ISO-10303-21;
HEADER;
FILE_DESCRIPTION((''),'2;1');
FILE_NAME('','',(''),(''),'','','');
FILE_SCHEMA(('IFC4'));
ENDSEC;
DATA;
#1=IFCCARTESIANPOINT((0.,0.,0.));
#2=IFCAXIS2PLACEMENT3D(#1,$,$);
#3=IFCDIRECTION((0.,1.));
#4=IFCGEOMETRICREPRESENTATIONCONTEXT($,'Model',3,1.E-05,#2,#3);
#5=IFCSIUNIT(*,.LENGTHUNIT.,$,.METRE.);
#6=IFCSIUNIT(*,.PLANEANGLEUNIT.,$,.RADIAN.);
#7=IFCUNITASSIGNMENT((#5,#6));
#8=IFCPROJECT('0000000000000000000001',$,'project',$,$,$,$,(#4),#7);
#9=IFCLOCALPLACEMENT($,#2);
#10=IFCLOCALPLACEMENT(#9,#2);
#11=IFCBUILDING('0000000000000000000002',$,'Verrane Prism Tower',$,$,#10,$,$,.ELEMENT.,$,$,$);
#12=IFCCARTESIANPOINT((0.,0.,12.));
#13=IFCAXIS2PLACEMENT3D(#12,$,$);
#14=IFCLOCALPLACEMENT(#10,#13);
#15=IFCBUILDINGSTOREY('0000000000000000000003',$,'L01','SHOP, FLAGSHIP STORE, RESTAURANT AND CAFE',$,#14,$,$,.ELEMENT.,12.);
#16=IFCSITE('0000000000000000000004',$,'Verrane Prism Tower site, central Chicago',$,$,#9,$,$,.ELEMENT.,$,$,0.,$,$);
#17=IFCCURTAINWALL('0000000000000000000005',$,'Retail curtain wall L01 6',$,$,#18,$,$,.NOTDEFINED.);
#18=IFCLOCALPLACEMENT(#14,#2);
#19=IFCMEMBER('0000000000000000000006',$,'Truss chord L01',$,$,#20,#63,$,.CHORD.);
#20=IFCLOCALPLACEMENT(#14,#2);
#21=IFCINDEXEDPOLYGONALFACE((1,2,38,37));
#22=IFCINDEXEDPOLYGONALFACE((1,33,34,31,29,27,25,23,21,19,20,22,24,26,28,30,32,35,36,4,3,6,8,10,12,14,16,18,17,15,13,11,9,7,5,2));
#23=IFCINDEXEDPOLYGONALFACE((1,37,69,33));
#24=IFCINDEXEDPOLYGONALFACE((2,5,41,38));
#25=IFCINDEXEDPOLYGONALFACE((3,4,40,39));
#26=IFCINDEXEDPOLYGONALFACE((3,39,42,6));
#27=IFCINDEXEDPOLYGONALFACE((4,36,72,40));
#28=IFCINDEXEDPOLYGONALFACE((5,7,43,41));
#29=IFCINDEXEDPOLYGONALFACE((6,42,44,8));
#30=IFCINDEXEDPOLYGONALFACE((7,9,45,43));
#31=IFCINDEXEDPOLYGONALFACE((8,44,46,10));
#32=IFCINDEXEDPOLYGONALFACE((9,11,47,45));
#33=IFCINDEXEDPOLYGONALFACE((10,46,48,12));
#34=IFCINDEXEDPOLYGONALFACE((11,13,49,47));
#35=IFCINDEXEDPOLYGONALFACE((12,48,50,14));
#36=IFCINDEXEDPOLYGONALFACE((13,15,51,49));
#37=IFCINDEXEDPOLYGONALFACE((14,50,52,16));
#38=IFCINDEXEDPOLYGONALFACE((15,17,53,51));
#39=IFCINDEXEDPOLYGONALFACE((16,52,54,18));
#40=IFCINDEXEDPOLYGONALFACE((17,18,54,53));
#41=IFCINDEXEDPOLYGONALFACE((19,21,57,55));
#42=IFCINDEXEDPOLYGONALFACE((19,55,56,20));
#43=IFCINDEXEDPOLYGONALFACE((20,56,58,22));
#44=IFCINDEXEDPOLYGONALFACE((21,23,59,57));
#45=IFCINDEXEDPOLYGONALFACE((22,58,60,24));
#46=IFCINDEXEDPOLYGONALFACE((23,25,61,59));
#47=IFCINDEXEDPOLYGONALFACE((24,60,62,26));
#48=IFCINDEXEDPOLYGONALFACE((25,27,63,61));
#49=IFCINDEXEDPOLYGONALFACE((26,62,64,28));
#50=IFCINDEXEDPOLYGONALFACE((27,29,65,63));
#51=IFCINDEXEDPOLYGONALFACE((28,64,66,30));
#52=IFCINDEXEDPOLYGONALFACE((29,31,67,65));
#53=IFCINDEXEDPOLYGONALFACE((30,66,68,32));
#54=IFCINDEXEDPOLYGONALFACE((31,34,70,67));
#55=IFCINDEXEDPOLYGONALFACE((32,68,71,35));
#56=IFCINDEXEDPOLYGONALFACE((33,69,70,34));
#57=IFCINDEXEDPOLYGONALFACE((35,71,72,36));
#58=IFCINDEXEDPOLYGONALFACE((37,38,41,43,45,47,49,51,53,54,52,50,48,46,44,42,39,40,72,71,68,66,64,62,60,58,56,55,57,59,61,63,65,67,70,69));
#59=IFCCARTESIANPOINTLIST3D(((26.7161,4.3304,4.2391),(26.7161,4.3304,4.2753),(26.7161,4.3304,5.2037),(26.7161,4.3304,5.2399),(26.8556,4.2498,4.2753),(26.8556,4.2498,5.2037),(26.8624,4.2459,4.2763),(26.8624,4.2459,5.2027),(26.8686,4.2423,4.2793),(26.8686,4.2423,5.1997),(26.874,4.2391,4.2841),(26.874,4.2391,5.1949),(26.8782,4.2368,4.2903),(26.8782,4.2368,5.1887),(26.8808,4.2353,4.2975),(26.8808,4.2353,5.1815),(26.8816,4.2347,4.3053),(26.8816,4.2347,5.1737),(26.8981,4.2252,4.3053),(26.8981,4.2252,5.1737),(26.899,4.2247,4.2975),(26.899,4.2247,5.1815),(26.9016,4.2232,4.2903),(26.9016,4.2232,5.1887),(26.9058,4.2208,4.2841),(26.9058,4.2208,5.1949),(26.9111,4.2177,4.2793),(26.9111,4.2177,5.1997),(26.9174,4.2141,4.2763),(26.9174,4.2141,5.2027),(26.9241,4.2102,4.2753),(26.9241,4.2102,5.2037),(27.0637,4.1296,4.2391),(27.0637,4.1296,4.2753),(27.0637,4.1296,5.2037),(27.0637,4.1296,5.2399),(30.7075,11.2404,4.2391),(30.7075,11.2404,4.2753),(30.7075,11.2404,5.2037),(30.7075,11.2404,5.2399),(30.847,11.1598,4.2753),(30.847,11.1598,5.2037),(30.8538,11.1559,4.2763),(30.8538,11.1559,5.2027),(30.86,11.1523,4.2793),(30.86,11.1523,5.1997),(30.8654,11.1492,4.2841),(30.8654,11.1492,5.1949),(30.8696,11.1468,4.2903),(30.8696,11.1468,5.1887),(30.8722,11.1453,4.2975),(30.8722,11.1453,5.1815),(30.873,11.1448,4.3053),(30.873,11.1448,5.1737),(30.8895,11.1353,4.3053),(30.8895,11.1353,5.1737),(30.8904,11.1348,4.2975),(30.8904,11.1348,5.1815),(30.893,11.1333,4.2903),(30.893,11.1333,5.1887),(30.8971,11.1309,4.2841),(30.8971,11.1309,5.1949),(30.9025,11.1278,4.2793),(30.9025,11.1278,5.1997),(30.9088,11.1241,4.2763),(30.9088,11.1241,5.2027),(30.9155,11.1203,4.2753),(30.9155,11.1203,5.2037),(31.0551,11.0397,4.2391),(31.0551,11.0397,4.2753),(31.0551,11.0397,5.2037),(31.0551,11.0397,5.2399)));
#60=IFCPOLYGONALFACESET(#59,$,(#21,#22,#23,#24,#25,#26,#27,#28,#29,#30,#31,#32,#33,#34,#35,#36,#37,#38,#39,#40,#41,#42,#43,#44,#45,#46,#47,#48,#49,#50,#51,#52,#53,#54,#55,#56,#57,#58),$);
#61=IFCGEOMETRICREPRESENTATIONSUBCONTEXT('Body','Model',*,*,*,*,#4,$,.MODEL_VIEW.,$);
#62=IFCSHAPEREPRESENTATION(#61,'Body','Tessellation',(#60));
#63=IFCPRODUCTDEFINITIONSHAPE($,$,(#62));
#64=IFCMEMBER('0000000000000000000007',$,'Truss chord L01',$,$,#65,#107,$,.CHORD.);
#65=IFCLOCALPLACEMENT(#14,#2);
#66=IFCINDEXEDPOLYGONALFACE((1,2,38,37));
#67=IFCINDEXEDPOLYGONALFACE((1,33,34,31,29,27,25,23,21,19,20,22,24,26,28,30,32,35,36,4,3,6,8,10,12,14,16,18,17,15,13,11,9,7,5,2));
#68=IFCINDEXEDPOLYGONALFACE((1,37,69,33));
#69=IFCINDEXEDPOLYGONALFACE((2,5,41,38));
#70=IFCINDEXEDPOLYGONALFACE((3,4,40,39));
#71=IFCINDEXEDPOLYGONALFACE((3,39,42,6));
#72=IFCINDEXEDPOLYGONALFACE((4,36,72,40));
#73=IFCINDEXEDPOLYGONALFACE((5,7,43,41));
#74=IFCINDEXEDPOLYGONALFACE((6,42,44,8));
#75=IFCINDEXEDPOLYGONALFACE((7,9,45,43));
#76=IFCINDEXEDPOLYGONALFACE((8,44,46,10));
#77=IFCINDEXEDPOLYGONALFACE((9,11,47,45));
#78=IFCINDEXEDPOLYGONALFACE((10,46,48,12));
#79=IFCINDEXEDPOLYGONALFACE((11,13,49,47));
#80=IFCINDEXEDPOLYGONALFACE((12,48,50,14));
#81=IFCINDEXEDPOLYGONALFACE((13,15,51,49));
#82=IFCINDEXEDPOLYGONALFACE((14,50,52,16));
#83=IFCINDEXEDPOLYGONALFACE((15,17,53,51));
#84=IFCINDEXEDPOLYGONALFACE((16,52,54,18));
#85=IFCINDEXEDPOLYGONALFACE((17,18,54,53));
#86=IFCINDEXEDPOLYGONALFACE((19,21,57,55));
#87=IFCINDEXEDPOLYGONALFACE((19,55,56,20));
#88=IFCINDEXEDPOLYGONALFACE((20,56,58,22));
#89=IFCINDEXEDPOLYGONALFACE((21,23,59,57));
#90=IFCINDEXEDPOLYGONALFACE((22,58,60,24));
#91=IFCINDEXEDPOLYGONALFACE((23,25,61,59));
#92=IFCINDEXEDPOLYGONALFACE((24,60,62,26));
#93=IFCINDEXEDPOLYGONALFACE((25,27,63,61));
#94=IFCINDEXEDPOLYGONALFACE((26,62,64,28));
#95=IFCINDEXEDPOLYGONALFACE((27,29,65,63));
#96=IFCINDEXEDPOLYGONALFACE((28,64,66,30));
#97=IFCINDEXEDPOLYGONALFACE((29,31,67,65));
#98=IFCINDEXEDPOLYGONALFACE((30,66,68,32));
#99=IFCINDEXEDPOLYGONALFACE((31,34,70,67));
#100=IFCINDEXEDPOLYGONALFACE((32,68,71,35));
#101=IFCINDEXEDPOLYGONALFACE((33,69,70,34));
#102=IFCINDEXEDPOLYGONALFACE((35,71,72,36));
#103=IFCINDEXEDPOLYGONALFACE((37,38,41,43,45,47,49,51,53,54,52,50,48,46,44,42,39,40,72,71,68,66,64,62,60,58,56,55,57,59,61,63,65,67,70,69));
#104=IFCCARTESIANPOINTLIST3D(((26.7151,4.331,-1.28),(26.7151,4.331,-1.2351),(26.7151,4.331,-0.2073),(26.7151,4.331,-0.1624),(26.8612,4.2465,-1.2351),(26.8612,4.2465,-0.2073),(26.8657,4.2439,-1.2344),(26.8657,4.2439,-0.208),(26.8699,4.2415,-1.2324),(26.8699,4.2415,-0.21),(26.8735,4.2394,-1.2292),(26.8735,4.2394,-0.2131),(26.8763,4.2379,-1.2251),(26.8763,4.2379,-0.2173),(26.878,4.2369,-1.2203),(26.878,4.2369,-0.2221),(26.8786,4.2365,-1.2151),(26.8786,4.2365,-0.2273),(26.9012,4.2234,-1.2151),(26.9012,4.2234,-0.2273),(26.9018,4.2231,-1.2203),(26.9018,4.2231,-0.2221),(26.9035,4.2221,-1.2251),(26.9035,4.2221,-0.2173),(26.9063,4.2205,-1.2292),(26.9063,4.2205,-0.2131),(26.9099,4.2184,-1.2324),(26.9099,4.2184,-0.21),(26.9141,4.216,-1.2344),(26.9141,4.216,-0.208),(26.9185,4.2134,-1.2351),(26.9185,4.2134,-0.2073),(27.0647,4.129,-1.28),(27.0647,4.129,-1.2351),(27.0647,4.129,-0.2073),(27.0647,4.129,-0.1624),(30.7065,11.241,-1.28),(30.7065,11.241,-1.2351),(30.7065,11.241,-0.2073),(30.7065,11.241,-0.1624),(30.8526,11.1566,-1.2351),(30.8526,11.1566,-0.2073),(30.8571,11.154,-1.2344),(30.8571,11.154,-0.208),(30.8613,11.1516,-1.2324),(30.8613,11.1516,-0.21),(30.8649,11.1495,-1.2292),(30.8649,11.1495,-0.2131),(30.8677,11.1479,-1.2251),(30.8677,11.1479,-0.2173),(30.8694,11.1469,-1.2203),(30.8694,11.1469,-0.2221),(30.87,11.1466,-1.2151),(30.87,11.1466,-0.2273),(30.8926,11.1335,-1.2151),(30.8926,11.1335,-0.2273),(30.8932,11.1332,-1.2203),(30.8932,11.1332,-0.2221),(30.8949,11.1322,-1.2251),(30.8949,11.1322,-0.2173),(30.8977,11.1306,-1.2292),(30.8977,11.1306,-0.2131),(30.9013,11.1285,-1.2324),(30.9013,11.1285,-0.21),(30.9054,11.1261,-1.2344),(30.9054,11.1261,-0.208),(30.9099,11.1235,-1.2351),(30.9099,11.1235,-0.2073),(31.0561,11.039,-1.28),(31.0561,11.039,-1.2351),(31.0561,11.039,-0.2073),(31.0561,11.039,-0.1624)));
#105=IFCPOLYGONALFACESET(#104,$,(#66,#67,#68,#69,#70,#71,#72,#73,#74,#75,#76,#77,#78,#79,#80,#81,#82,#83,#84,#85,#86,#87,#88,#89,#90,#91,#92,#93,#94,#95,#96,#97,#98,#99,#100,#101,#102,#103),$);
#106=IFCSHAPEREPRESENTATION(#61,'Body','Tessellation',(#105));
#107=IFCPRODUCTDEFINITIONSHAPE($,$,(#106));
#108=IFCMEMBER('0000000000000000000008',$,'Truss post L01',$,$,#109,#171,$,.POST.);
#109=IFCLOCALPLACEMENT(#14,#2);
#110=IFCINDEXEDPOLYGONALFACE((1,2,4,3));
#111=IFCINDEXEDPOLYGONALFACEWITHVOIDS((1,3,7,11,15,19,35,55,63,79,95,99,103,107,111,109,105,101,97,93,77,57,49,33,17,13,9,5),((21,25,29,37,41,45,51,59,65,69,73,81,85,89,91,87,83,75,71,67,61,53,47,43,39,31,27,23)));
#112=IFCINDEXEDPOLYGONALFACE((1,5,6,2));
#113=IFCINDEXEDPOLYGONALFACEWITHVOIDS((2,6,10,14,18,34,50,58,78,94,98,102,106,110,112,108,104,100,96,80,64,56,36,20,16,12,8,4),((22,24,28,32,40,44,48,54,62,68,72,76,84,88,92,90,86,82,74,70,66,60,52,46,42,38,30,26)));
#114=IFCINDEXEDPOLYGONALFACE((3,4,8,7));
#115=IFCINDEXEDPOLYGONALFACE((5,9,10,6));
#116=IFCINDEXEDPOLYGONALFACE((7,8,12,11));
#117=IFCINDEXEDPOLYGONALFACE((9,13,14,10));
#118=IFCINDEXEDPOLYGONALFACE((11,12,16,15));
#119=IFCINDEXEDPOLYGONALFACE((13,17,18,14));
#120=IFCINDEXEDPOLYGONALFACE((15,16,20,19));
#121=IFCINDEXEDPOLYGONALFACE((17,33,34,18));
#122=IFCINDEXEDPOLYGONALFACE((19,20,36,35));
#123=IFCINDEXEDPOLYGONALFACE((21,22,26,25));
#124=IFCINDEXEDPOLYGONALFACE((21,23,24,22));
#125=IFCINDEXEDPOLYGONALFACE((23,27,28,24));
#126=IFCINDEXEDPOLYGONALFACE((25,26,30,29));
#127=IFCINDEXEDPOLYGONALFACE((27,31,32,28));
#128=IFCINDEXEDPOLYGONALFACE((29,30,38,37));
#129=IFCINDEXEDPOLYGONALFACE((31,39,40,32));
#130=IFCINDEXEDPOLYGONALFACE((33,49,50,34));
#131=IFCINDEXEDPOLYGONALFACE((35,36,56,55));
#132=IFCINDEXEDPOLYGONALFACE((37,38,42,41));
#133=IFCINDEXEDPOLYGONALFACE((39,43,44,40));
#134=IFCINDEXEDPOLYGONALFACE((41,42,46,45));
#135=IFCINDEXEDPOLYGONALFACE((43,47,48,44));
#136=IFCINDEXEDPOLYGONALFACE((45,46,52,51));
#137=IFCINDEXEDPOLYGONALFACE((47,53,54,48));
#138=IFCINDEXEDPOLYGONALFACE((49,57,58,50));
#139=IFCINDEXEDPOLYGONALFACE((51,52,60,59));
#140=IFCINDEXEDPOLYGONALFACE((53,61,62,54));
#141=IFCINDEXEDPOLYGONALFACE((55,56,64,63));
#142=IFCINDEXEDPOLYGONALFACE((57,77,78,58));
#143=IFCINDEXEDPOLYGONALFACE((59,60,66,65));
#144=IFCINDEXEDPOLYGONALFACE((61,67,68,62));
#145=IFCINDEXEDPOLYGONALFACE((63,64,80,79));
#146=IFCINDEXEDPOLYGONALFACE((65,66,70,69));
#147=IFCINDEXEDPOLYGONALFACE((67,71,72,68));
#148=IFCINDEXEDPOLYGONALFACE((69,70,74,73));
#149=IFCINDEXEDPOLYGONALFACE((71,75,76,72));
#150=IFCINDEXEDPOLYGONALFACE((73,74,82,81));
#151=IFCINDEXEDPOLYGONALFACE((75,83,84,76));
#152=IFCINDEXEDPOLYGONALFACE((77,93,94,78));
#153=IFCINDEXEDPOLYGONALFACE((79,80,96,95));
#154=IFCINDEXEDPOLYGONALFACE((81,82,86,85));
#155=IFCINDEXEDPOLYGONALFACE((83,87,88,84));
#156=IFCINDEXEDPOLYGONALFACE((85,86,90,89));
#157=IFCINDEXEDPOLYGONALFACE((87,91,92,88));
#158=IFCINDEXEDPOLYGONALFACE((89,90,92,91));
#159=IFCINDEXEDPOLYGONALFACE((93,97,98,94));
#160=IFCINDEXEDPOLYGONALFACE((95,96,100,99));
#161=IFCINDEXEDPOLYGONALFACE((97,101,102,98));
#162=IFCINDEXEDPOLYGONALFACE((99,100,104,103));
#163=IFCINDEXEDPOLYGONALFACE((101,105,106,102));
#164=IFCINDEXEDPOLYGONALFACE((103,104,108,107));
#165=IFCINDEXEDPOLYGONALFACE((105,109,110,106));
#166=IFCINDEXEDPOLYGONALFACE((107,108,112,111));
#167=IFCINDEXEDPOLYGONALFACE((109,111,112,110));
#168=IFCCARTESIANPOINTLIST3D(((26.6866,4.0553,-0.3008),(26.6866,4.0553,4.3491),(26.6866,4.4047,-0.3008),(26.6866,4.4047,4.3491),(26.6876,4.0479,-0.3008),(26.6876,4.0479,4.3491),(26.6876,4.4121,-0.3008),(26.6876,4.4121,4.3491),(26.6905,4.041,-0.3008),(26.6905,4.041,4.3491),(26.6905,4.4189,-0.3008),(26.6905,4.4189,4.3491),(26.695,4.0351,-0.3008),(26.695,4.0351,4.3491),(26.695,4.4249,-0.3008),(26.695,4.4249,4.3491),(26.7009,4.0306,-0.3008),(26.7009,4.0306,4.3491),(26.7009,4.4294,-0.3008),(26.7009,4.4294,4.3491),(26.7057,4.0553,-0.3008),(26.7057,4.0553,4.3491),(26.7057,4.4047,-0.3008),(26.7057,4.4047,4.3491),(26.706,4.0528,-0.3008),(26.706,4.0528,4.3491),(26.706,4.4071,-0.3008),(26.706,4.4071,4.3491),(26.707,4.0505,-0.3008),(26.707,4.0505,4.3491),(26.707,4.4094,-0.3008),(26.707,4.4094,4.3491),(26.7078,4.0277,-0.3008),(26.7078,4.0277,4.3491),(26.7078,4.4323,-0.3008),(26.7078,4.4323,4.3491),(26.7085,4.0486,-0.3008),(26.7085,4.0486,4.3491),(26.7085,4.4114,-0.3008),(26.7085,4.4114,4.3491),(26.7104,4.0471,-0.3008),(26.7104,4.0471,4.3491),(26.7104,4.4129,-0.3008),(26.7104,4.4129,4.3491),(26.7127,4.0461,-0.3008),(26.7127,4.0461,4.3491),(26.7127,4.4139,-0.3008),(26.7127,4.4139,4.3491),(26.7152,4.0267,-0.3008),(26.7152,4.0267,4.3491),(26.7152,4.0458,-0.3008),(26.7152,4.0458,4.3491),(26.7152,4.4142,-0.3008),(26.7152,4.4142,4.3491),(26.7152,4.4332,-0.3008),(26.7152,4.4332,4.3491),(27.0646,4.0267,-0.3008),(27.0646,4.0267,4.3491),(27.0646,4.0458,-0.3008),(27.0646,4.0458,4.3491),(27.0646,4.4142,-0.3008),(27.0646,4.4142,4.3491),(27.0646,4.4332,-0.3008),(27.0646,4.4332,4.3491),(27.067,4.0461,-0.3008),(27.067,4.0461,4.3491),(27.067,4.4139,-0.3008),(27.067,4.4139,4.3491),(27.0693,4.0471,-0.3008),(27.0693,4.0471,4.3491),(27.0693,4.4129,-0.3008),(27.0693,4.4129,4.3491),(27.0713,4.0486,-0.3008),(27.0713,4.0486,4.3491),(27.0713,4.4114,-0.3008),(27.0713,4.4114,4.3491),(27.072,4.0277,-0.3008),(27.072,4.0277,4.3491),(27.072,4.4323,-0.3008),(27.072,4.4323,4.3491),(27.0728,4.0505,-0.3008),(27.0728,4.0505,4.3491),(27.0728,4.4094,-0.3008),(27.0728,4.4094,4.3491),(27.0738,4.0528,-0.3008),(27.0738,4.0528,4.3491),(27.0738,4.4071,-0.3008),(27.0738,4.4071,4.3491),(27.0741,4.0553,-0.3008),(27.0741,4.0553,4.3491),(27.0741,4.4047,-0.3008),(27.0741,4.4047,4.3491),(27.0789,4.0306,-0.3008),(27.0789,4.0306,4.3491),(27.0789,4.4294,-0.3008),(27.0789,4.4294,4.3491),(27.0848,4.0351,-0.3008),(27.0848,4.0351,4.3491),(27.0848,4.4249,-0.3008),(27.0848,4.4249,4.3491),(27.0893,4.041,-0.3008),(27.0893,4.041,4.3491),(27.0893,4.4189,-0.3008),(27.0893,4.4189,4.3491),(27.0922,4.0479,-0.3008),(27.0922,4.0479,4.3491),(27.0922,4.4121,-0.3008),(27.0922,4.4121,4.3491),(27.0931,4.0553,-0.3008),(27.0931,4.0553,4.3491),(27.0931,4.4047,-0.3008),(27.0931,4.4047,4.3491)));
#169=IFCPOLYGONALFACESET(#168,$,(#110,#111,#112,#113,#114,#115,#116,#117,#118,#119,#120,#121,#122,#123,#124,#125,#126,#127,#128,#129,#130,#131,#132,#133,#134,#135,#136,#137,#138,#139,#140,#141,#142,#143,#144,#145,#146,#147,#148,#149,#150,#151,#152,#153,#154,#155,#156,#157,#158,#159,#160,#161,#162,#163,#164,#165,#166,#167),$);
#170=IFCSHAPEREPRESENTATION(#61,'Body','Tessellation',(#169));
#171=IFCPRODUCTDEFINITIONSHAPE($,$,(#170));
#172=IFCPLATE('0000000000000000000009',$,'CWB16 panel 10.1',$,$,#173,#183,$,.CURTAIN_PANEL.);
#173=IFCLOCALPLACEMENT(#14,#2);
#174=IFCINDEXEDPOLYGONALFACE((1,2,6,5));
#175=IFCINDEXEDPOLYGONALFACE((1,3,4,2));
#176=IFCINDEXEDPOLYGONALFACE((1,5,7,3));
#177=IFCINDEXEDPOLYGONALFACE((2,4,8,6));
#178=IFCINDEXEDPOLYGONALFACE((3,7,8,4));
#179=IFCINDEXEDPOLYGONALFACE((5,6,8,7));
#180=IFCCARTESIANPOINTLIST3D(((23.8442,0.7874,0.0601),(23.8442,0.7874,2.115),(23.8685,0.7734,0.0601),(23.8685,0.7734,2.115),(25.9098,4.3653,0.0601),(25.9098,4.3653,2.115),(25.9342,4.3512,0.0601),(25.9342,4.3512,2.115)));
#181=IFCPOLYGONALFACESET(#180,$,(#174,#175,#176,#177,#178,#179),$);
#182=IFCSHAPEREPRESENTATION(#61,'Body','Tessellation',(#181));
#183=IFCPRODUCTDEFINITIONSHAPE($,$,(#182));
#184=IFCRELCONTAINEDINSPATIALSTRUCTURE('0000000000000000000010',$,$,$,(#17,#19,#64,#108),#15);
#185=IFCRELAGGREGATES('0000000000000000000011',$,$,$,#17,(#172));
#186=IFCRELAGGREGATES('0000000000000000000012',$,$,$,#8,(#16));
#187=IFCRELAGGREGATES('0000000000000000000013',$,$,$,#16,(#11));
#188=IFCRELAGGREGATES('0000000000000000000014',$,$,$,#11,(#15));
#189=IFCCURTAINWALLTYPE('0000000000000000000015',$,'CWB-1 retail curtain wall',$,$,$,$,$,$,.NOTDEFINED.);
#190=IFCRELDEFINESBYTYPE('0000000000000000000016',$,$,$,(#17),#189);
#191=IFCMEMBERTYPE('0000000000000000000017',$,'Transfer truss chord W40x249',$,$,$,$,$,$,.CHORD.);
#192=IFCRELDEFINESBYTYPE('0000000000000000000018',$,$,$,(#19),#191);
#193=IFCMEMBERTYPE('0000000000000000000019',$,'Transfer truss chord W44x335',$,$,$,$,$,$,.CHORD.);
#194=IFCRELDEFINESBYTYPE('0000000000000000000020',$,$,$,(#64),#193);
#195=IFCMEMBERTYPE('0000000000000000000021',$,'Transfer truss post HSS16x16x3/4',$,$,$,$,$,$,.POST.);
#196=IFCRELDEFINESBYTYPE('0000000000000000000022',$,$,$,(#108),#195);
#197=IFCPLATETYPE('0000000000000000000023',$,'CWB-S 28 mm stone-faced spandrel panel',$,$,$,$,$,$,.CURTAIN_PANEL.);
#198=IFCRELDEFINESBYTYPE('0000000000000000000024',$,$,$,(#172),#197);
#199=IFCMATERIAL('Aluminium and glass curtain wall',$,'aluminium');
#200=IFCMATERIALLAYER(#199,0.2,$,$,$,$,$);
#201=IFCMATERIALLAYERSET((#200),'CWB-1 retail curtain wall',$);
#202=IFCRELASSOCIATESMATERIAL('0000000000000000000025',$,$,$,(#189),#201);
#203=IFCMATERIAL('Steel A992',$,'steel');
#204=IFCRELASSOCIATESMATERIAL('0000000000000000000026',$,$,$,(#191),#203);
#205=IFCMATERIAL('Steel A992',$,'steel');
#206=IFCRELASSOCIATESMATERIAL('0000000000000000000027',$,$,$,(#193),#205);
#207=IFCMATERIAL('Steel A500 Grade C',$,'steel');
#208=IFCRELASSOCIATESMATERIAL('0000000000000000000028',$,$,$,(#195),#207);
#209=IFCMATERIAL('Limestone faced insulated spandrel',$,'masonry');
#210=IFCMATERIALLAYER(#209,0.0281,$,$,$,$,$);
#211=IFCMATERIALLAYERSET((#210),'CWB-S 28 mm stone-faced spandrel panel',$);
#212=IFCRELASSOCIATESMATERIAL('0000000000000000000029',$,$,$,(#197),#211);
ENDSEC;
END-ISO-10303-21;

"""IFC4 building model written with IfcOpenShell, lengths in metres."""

from ifc_helpers import new_model, si_unit, direction, frame, origin, origin_2d, place, context, subcontext, project, spatial, rectangle, hollow_rectangle, i_section, extrude, material, layer, layer_set, material_profile, profile_set, type_object, element, aggregate, save


model = new_model("IFC4")

# Units and contexts
model_context = context("Model", 3, precision=1e-05, world=origin(), true_north=direction((0.0, 1.0)))
body_context = subcontext(model_context, "Body", "Model", "MODEL_VIEW")
ifc_project = project(units=[si_unit("LENGTHUNIT", "METRE"), si_unit("PLANEANGLEUNIT", "RADIAN")], contexts=[model_context])

# Site, building, storey
site_placement = place(None, origin())
site = spatial("IfcSite", under=ifc_project, at=site_placement, Name="Verrane Prism Tower site, central Chicago", CompositionType="ELEMENT", RefElevation=0.0)
building_placement = place(site_placement, origin())
building = spatial("IfcBuilding", under=site, at=building_placement, Name="Verrane Prism Tower", CompositionType="ELEMENT")
storey_placement = place(building_placement, frame((0.0, 0.0, 12.0)))
storey = spatial("IfcBuildingStorey", under=building, at=storey_placement, Name="L01", Description="SHOP, FLAGSHIP STORE, RESTAURANT AND CAFE", CompositionType="ELEMENT", Elevation=12.0)

# Curtain wall
ifc_material_1 = material(Name="Aluminium and glass curtain wall", Category="aluminium")
ifc_layer_1 = layer(ifc_material_1, 0.2)
ifc_layer_set_1 = layer_set([ifc_layer_1], Name="CWB-1 retail curtain wall")
curtain_wall_type = type_object("IfcCurtainWallType", Name="CWB-1 retail curtain wall", PredefinedType="NOTDEFINED", material=ifc_layer_set_1)
curtain_wall_placement = place(storey_placement, origin())
curtain_wall = element("IfcCurtainWall", 1, at=curtain_wall_placement, inside=storey, type_object=curtain_wall_type, Name="Retail curtain wall L01 6", PredefinedType="NOTDEFINED")

# Members
ifc_material_2 = material(Name="Steel A992", Category="steel")
ifc_material_profile_1 = material_profile(ifc_material_2, i_section(OverallWidth=0.4014, OverallDepth=1.0007, WebThickness=0.019, FlangeThickness=0.0361, FilletRadius=0.03, at=origin_2d()), Name="W40x249")
ifc_profile_set_1 = profile_set([ifc_material_profile_1], Name="Steel A992")
member_type_1 = type_object("IfcMemberType", Name="Transfer truss chord W40x249", PredefinedType="CHORD", material=ifc_profile_set_1)
member_1_placement = place(storey_placement, frame((26.8899, 4.23, 4.7395), z_axis=(0.500176, 0.865924, 0.0), x_axis=(-0.865924, 0.500176, 0.0)))
element("IfcMember", 2, at=member_1_placement, inside=storey, type_object=member_type_1, Name="Truss chord L01", PredefinedType="CHORD", context=body_context, shape_type="SweptSolid", body=[
    extrude(i_section(OverallWidth=0.4014, OverallDepth=1.0007, WebThickness=0.019, FlangeThickness=0.0361, FilletRadius=0.03, at=origin_2d()), origin(), (0.0, 0.0, 1.0), 7.98),
])
ifc_material_3 = material(Name="Steel A992", Category="steel")
ifc_material_profile_2 = material_profile(ifc_material_3, i_section(OverallWidth=0.4038, OverallDepth=1.1177, WebThickness=0.0261, FlangeThickness=0.0449, FilletRadius=0.02, at=origin_2d()), Name="W44x335")
ifc_profile_set_2 = profile_set([ifc_material_profile_2], Name="Steel A992")
member_type_2 = type_object("IfcMemberType", Name="Transfer truss chord W44x335", PredefinedType="CHORD", material=ifc_profile_set_2)
member_2_placement = place(storey_placement, frame((26.8899, 4.23, -0.7212), z_axis=(0.500176, 0.865924, 0.0), x_axis=(-0.865924, 0.500176, 0.0)))
element("IfcMember", 3, at=member_2_placement, inside=storey, type_object=member_type_2, Name="Truss chord L01", PredefinedType="CHORD", context=body_context, shape_type="SweptSolid", body=[
    extrude(i_section(OverallWidth=0.4038, OverallDepth=1.1177, WebThickness=0.0261, FlangeThickness=0.0449, FilletRadius=0.02, at=origin_2d()), origin(), (0.0, 0.0, 1.0), 7.98),
])
ifc_material_4 = material(Name="Steel A500 Grade C", Category="steel")
ifc_material_profile_3 = material_profile(ifc_material_4, hollow_rectangle(XDim=0.4065, YDim=0.4065, WallThickness=0.019, InnerFilletRadius=0.0095, OuterFilletRadius=0.0286, at=origin_2d()), Name="HSS16x16x3/4")
ifc_profile_set_3 = profile_set([ifc_material_profile_3], Name="Steel A500 Grade C")
member_type_3 = type_object("IfcMemberType", Name="Transfer truss post HSS16x16x3/4", PredefinedType="POST", material=ifc_profile_set_3)
member_3_placement = place(storey_placement, frame((26.8899, 4.23, -0.3008), z_axis=(0.0, 0.0, 1.0), x_axis=(1.0, 0.0, 0.0)))
element("IfcMember", 4, at=member_3_placement, inside=storey, type_object=member_type_3, Name="Truss post L01", PredefinedType="POST", context=body_context, shape_type="SweptSolid", body=[
    extrude(hollow_rectangle(XDim=0.4065, YDim=0.4065, WallThickness=0.019, InnerFilletRadius=0.0095, OuterFilletRadius=0.0286, at=origin_2d()), origin(), (0.0, 0.0, 1.0), 4.6499),
])

# Plate
ifc_material_5 = material(Name="Limestone faced insulated spandrel", Category="masonry")
ifc_layer_2 = layer(ifc_material_5, 0.0281)
ifc_layer_set_2 = layer_set([ifc_layer_2], Name="CWB-S 28 mm stone-faced spandrel panel")
plate_type = type_object("IfcPlateType", Name="CWB-S 28 mm stone-faced spandrel panel", PredefinedType="CURTAIN_PANEL", material=ifc_layer_set_2)
plate_1_placement = place(storey_placement, frame((24.8892, 2.5693, 0.0601), z_axis=(0.0, 0.0, 1.0), x_axis=(0.5, 0.866025, 0.0)))
plate_1 = element("IfcPlate", 5, at=plate_1_placement, type_object=plate_type, Name="CWB16 panel 10.1", PredefinedType="CURTAIN_PANEL", context=body_context, shape_type="SweptSolid", body=[
    extrude(rectangle(XDim=4.1313, YDim=0.0281, at=origin_2d()), origin(), (0.0, 0.0, 1.0), 2.0549),
])
aggregate(curtain_wall, [plate_1])

save(model, "model.ifc")
